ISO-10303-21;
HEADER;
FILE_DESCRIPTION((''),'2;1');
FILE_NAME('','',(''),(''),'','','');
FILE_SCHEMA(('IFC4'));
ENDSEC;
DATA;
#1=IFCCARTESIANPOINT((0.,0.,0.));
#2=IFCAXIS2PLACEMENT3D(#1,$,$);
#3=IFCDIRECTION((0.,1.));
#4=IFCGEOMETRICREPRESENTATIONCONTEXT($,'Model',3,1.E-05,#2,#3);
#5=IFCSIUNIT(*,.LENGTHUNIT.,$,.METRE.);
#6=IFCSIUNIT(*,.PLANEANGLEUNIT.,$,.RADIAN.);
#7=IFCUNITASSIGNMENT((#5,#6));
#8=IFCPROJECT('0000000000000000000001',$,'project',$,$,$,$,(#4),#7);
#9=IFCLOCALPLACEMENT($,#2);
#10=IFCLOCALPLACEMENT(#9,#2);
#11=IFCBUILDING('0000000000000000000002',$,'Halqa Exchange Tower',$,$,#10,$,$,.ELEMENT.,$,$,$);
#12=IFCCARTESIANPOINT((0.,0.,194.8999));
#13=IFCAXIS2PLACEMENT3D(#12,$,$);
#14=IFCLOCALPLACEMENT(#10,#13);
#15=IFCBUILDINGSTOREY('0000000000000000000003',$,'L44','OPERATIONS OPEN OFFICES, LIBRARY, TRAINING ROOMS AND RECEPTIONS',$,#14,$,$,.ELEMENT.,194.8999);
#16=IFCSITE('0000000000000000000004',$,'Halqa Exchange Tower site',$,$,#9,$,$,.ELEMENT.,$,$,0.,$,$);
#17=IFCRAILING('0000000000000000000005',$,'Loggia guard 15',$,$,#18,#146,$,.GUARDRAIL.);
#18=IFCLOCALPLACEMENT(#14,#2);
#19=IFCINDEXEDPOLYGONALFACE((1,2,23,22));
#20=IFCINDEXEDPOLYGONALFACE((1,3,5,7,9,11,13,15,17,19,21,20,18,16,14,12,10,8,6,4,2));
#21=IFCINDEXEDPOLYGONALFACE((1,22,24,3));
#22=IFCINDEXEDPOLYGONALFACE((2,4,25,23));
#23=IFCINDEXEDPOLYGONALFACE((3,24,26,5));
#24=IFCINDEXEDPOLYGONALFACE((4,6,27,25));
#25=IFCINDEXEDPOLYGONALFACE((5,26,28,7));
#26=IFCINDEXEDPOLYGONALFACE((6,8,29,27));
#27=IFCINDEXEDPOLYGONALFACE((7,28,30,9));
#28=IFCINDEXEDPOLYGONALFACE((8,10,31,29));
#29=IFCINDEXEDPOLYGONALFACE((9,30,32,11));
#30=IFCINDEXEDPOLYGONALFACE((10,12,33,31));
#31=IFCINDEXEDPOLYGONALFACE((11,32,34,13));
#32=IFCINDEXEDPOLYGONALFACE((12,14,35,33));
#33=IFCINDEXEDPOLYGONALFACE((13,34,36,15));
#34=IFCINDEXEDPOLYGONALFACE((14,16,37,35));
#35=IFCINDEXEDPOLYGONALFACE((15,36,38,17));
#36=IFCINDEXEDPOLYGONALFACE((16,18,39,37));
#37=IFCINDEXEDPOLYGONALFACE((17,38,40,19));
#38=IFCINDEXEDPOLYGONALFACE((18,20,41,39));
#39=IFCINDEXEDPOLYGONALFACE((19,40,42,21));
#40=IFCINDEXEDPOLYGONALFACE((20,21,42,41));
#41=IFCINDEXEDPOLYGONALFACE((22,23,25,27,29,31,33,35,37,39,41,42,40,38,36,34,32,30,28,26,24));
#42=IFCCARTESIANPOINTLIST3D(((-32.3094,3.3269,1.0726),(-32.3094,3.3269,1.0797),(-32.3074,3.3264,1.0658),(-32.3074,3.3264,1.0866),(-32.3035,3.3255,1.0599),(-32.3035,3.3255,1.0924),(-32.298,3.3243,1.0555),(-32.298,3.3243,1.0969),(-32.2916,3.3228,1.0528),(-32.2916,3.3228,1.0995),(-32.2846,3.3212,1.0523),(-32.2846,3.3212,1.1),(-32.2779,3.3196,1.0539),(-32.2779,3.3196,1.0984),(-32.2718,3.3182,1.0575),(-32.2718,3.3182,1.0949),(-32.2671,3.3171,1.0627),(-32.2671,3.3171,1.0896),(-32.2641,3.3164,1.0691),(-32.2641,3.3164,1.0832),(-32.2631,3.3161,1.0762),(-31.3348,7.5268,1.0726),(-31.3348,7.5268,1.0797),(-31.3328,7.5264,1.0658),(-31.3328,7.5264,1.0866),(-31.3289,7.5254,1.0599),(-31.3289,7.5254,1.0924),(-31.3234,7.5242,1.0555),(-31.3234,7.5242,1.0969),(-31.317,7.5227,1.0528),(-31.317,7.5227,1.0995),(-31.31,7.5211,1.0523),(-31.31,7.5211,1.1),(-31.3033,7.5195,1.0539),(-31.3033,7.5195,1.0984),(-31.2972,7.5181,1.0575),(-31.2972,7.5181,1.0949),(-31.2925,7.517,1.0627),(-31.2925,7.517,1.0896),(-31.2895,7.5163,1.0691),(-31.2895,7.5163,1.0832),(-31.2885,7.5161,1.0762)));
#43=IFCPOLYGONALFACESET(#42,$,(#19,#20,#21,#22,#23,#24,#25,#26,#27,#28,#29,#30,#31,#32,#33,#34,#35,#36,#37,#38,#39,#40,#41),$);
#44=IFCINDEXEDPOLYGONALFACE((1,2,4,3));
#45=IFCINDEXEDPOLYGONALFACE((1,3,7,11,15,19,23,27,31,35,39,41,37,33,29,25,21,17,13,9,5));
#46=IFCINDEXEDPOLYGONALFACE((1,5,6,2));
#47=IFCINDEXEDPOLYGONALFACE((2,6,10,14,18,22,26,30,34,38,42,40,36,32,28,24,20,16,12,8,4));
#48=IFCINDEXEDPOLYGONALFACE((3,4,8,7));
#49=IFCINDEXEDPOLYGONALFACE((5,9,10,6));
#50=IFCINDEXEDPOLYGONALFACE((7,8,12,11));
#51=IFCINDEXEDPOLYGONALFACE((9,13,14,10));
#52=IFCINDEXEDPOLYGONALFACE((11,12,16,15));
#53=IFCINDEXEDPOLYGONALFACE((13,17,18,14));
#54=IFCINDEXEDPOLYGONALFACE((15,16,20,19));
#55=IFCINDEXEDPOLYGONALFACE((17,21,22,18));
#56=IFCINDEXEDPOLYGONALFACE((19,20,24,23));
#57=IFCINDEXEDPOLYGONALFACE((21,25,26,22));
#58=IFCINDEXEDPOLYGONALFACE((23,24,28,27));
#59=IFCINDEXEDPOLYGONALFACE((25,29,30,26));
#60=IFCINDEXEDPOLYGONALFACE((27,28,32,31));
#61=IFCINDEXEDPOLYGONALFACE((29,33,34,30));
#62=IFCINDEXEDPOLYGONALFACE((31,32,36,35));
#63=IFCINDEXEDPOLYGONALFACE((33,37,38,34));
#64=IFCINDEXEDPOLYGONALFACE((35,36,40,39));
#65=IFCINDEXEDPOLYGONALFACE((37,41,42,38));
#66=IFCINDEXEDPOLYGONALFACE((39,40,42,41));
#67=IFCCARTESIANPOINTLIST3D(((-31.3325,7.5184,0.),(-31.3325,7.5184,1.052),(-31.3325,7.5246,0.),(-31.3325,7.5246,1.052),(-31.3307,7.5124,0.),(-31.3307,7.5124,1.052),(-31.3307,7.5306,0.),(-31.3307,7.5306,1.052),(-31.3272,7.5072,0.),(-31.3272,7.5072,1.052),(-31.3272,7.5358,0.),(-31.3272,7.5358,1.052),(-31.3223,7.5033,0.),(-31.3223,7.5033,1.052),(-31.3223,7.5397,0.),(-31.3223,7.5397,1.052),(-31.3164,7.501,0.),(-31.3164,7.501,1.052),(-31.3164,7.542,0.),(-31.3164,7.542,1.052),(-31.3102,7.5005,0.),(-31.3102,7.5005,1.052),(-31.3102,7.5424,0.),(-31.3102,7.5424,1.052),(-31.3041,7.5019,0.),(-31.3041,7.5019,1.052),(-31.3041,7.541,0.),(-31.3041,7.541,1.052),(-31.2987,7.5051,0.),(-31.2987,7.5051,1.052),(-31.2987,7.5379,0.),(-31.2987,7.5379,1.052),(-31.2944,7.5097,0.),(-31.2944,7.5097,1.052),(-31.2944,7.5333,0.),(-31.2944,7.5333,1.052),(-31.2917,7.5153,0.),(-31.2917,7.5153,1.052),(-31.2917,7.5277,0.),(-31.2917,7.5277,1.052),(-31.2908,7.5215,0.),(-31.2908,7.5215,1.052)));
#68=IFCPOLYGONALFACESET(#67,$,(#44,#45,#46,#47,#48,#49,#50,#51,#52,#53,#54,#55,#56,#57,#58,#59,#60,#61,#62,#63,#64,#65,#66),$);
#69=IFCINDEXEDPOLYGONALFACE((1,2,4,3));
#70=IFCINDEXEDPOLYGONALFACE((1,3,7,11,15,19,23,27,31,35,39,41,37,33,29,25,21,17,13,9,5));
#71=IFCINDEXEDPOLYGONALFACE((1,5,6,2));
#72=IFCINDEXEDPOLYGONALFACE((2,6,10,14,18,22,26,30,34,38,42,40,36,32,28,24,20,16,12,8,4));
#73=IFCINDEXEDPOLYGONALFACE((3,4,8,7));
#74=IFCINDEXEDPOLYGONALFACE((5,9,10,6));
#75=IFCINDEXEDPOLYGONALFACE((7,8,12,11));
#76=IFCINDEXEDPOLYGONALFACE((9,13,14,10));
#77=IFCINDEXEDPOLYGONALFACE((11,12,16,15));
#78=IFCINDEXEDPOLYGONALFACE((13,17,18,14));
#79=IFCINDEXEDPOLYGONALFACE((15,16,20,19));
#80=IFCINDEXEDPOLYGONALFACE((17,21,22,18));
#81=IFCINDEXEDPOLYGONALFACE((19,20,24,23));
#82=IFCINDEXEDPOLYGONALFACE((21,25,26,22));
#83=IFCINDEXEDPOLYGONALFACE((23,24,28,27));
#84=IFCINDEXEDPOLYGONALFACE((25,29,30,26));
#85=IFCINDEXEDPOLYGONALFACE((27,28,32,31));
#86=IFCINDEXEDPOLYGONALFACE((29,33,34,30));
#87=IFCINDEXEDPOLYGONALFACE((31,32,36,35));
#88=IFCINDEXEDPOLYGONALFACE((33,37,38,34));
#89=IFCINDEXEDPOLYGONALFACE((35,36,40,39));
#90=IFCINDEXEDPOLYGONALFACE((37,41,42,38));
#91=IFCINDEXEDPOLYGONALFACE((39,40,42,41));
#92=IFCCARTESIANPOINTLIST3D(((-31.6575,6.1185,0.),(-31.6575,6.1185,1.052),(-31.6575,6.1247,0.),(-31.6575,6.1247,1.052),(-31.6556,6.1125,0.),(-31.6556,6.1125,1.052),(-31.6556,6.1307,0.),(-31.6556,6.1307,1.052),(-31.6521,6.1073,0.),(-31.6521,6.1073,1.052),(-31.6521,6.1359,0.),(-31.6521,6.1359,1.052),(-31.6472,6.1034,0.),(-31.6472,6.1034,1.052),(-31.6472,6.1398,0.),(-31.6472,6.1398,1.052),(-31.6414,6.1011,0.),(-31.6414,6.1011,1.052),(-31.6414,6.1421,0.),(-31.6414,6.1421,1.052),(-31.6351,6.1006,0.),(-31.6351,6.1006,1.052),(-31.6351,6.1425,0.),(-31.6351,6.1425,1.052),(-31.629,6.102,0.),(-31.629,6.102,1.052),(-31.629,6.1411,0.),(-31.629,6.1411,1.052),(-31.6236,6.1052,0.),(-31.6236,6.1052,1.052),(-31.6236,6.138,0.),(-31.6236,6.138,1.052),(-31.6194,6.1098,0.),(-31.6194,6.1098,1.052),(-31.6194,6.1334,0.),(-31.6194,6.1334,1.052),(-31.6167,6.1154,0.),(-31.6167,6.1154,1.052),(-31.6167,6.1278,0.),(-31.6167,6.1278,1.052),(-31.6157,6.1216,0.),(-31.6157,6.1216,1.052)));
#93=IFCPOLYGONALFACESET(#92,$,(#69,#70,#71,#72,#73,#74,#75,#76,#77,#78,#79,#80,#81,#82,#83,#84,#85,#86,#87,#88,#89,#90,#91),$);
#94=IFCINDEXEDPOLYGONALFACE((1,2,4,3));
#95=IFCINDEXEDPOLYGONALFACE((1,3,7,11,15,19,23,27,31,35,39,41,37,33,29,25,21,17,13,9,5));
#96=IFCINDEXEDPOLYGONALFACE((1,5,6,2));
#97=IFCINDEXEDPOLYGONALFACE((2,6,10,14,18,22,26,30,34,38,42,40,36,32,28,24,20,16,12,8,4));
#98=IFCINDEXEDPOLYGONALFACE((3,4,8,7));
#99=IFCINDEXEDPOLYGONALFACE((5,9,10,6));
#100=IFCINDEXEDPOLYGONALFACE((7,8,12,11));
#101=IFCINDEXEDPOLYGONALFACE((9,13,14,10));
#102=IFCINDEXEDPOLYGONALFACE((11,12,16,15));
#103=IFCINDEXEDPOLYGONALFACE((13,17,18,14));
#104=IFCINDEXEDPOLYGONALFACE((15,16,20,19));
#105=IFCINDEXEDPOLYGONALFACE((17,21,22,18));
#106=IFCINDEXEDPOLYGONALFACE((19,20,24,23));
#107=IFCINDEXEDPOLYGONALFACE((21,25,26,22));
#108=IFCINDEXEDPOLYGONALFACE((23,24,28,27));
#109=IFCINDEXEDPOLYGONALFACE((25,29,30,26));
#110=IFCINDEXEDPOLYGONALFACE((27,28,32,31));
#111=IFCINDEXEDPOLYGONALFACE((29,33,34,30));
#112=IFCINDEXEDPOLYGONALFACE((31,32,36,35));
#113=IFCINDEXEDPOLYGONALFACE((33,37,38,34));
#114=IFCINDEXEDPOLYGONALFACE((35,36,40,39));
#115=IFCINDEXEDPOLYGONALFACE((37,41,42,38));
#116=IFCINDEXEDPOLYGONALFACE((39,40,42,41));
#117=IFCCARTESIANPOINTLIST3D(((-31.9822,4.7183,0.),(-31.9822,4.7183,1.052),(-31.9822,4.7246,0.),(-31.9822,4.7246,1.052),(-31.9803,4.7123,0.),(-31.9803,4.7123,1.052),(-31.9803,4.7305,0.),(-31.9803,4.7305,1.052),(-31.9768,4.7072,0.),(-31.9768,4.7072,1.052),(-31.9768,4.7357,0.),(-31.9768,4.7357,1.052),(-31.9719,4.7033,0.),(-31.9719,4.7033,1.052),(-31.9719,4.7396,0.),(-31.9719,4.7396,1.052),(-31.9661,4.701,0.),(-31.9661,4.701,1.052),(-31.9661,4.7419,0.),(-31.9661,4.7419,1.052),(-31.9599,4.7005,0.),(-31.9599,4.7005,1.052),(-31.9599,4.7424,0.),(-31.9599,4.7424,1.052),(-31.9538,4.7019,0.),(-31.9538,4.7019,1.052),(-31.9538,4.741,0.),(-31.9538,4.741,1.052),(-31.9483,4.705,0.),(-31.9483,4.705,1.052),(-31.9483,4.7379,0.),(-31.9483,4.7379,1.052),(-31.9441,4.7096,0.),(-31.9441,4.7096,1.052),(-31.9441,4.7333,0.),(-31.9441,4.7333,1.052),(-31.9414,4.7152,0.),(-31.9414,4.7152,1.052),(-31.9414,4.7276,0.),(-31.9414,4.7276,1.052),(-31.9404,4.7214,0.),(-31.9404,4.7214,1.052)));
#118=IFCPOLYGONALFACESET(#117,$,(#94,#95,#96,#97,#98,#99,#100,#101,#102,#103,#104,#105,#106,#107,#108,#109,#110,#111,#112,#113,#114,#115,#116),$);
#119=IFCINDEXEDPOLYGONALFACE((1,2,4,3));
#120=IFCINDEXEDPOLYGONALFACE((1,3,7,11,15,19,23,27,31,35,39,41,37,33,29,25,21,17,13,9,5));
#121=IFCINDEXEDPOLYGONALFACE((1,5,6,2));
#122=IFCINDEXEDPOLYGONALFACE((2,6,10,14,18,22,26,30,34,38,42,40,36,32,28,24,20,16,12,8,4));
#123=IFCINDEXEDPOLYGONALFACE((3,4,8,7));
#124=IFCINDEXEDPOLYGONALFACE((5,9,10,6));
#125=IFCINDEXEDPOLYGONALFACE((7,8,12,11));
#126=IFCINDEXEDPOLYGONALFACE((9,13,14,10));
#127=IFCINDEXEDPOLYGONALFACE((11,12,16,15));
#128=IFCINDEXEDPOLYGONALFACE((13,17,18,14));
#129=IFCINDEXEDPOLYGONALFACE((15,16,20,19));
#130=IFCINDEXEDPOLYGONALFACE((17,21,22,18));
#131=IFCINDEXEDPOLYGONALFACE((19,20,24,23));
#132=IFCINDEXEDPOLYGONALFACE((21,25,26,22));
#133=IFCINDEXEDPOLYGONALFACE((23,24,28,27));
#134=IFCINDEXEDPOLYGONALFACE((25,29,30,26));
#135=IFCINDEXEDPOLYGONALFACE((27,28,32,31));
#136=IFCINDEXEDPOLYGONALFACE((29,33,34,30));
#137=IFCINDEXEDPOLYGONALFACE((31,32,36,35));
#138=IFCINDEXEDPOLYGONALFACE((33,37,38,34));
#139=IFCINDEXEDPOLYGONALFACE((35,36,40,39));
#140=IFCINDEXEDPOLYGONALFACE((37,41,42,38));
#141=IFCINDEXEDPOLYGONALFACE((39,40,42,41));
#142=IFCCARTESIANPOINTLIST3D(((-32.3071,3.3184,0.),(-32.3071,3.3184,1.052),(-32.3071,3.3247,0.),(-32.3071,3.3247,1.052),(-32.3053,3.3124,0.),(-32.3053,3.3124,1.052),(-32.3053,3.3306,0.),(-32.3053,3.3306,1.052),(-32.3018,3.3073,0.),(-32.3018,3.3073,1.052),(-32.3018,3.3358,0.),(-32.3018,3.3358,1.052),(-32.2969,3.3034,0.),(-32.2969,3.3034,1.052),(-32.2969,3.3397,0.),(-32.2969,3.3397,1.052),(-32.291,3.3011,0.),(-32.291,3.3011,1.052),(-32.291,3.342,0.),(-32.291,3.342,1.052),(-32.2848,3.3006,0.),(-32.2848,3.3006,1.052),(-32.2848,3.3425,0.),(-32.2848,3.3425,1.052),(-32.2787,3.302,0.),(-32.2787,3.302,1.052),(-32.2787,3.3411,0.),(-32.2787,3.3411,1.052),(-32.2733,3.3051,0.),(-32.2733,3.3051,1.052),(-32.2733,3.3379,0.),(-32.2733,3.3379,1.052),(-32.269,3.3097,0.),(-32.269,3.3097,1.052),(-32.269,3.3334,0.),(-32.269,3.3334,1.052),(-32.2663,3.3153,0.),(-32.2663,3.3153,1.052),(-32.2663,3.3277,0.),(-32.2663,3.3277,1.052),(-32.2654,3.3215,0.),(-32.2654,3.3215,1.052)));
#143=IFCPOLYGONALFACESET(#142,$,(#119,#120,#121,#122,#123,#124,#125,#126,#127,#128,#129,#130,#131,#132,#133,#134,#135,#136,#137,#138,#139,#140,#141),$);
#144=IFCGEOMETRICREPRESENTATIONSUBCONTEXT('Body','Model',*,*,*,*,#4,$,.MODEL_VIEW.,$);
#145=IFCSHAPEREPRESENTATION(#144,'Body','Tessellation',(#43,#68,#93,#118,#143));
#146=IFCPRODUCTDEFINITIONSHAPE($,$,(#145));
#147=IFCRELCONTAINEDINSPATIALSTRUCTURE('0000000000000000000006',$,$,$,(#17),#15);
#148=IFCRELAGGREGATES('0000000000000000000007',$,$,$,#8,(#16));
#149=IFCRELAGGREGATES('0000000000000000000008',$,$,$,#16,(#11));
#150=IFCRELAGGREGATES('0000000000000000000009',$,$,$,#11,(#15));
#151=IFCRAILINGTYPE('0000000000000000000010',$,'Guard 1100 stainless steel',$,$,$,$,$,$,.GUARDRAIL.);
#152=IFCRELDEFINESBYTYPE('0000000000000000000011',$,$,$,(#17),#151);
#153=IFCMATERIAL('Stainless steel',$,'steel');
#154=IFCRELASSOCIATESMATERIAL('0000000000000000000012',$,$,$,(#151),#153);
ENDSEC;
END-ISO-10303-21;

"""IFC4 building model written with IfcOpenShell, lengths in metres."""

from ifc_helpers import new_model, si_unit, direction, frame, origin, origin_2d, place, context, subcontext, project, spatial, circle, extrude, material, type_object, element, save


model = new_model("IFC4")

# Units and contexts
model_context = context("Model", 3, precision=1e-05, world=origin(), true_north=direction((0.0, 1.0)))
body_context = subcontext(model_context, "Body", "Model", "MODEL_VIEW")
ifc_project = project(units=[si_unit("LENGTHUNIT", "METRE"), si_unit("PLANEANGLEUNIT", "RADIAN")], contexts=[model_context])

# Site, building, storey
site_placement = place(None, origin())
site = spatial("IfcSite", under=ifc_project, at=site_placement, Name="Halqa Exchange Tower site", CompositionType="ELEMENT", RefElevation=0.0)
building_placement = place(site_placement, origin())
building = spatial("IfcBuilding", under=site, at=building_placement, Name="Halqa Exchange Tower", CompositionType="ELEMENT")
storey_placement = place(building_placement, frame((0.0, 0.0, 194.8999)))
storey = spatial("IfcBuildingStorey", under=building, at=storey_placement, Name="L44", Description="OPERATIONS OPEN OFFICES, LIBRARY, TRAINING ROOMS AND RECEPTIONS", CompositionType="ELEMENT", Elevation=194.8999)

# Railing
ifc_material_1 = material(Name="Stainless steel", Category="steel")
railing_type = type_object("IfcRailingType", Name="Guard 1100 stainless steel", PredefinedType="GUARDRAIL", material=ifc_material_1)
railing_1_placement = place(storey_placement, frame((-31.3118, 7.5215, 0.0)))
element("IfcRailing", 1, at=railing_1_placement, inside=storey, type_object=railing_type, Name="Loggia guard 15", PredefinedType="GUARDRAIL", context=body_context, shape_type="SweptSolid", body=[
    extrude(circle(Radius=0.0239, at=origin_2d()), frame((0.0, 0.0, 1.0762), z_axis=(-0.226046, -0.974117, 0.0), x_axis=(0.974117, -0.226046, 0.0)), (0.0, 0.0, 1.0), 4.3115),
    extrude(circle(Radius=0.021, at=origin_2d()), origin(), (0.0, 0.0, 1.0), 1.052),
    extrude(circle(Radius=0.021, at=origin_2d()), frame((-0.325, -1.3999, 0.0)), (0.0, 0.0, 1.0), 1.052),
    extrude(circle(Radius=0.021, at=origin_2d()), frame((-0.6497, -2.8, 0.0)), (0.0, 0.0, 1.0), 1.052),
    extrude(circle(Radius=0.021, at=origin_2d()), frame((-0.9746, -4.2, 0.0)), (0.0, 0.0, 1.0), 1.052),
])

save(model, "model.ifc")
